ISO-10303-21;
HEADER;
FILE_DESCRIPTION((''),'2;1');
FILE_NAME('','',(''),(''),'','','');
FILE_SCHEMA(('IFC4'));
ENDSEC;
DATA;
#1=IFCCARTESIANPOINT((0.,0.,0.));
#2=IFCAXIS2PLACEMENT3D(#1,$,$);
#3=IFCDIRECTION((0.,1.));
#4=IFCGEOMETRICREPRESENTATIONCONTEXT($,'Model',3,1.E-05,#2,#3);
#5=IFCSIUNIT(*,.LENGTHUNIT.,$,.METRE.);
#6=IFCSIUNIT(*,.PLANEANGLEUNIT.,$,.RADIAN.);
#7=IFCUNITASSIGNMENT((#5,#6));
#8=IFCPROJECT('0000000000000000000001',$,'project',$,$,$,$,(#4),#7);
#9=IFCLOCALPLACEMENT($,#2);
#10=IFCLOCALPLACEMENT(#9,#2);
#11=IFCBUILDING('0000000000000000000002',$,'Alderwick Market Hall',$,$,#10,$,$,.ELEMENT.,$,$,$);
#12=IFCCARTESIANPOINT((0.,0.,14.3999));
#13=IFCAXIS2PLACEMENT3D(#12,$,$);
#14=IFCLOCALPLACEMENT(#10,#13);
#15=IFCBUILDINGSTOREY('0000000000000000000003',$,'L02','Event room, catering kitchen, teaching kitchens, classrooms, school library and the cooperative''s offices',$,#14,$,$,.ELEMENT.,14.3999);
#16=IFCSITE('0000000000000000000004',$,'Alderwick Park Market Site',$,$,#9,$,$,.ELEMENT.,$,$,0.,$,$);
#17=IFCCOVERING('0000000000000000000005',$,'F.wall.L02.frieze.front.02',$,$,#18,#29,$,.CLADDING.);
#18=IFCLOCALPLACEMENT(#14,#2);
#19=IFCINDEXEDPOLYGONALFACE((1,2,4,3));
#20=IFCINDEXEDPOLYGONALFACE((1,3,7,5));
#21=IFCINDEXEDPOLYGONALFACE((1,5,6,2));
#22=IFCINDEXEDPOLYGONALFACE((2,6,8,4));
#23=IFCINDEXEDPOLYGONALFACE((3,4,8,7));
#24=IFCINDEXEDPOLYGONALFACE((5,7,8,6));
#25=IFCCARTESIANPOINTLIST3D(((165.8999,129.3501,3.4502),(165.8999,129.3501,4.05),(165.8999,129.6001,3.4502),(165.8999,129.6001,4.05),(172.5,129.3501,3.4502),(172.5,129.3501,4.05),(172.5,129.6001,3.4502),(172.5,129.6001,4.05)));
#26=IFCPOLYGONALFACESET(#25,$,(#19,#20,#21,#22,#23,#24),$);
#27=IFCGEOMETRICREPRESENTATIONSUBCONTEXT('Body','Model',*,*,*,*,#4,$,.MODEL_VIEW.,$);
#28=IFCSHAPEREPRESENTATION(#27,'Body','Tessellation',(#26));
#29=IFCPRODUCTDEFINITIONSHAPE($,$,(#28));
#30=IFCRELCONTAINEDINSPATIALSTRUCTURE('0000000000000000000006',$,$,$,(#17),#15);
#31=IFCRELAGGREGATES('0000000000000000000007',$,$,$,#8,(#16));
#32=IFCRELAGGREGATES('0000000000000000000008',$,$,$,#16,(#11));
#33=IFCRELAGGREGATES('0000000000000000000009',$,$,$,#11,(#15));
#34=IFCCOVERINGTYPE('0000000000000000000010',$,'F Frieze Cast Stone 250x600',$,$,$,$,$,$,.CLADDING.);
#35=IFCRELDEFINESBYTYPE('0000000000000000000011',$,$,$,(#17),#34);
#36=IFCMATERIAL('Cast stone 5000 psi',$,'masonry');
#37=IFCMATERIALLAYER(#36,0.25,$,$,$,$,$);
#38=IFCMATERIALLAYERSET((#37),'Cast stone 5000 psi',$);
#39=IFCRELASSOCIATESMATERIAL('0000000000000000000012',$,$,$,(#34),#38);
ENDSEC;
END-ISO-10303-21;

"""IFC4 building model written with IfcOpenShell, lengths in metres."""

from ifc_helpers import new_model, si_unit, direction, frame, frame_2d, origin, place, context, subcontext, project, spatial, rectangle, extrude, material, layer, layer_set, type_object, element, save


model = new_model("IFC4")

# Units and contexts
model_context = context("Model", 3, precision=1e-05, world=origin(), true_north=direction((0.0, 1.0)))
body_context = subcontext(model_context, "Body", "Model", "MODEL_VIEW")
ifc_project = project(units=[si_unit("LENGTHUNIT", "METRE"), si_unit("PLANEANGLEUNIT", "RADIAN")], contexts=[model_context])

# Site, building, storey
site_placement = place(None, origin())
site = spatial("IfcSite", under=ifc_project, at=site_placement, Name="Alderwick Park Market Site", CompositionType="ELEMENT", RefElevation=0.0)
building_placement = place(site_placement, origin())
building = spatial("IfcBuilding", under=site, at=building_placement, Name="Alderwick Market Hall", CompositionType="ELEMENT")
storey_placement = place(building_placement, frame((0.0, 0.0, 14.3999)))
storey = spatial("IfcBuildingStorey", under=building, at=storey_placement, Name="L02", Description="Event room, catering kitchen, teaching kitchens, classrooms, school library and the cooperative's offices", CompositionType="ELEMENT", Elevation=14.3999)

# Covering
ifc_material_1 = material(Name="Cast stone 5000 psi", Category="masonry")
ifc_layer_1 = layer(ifc_material_1, 0.25)
ifc_layer_set_1 = layer_set([ifc_layer_1], Name="Cast stone 5000 psi")
covering_type = type_object("IfcCoveringType", Name="F Frieze Cast Stone 250x600", PredefinedType="CLADDING", material=ifc_layer_set_1)
covering_placement = place(storey_placement, frame((172.5, 129.4751, 3.4502), z_axis=(0.0, 0.0, 1.0), x_axis=(-1.0, 0.0, 0.0)))
element("IfcCovering", 1, at=covering_placement, inside=storey, type_object=covering_type, Name="F.wall.L02.frieze.front.02", PredefinedType="CLADDING", context=body_context, shape_type="SweptSolid", body=[
    extrude(rectangle(XDim=6.6001, YDim=0.25, at=frame_2d((3.3, 0.0))), origin(), (0.0, 0.0, 1.0), 0.5999),
])

save(model, "model.ifc")
